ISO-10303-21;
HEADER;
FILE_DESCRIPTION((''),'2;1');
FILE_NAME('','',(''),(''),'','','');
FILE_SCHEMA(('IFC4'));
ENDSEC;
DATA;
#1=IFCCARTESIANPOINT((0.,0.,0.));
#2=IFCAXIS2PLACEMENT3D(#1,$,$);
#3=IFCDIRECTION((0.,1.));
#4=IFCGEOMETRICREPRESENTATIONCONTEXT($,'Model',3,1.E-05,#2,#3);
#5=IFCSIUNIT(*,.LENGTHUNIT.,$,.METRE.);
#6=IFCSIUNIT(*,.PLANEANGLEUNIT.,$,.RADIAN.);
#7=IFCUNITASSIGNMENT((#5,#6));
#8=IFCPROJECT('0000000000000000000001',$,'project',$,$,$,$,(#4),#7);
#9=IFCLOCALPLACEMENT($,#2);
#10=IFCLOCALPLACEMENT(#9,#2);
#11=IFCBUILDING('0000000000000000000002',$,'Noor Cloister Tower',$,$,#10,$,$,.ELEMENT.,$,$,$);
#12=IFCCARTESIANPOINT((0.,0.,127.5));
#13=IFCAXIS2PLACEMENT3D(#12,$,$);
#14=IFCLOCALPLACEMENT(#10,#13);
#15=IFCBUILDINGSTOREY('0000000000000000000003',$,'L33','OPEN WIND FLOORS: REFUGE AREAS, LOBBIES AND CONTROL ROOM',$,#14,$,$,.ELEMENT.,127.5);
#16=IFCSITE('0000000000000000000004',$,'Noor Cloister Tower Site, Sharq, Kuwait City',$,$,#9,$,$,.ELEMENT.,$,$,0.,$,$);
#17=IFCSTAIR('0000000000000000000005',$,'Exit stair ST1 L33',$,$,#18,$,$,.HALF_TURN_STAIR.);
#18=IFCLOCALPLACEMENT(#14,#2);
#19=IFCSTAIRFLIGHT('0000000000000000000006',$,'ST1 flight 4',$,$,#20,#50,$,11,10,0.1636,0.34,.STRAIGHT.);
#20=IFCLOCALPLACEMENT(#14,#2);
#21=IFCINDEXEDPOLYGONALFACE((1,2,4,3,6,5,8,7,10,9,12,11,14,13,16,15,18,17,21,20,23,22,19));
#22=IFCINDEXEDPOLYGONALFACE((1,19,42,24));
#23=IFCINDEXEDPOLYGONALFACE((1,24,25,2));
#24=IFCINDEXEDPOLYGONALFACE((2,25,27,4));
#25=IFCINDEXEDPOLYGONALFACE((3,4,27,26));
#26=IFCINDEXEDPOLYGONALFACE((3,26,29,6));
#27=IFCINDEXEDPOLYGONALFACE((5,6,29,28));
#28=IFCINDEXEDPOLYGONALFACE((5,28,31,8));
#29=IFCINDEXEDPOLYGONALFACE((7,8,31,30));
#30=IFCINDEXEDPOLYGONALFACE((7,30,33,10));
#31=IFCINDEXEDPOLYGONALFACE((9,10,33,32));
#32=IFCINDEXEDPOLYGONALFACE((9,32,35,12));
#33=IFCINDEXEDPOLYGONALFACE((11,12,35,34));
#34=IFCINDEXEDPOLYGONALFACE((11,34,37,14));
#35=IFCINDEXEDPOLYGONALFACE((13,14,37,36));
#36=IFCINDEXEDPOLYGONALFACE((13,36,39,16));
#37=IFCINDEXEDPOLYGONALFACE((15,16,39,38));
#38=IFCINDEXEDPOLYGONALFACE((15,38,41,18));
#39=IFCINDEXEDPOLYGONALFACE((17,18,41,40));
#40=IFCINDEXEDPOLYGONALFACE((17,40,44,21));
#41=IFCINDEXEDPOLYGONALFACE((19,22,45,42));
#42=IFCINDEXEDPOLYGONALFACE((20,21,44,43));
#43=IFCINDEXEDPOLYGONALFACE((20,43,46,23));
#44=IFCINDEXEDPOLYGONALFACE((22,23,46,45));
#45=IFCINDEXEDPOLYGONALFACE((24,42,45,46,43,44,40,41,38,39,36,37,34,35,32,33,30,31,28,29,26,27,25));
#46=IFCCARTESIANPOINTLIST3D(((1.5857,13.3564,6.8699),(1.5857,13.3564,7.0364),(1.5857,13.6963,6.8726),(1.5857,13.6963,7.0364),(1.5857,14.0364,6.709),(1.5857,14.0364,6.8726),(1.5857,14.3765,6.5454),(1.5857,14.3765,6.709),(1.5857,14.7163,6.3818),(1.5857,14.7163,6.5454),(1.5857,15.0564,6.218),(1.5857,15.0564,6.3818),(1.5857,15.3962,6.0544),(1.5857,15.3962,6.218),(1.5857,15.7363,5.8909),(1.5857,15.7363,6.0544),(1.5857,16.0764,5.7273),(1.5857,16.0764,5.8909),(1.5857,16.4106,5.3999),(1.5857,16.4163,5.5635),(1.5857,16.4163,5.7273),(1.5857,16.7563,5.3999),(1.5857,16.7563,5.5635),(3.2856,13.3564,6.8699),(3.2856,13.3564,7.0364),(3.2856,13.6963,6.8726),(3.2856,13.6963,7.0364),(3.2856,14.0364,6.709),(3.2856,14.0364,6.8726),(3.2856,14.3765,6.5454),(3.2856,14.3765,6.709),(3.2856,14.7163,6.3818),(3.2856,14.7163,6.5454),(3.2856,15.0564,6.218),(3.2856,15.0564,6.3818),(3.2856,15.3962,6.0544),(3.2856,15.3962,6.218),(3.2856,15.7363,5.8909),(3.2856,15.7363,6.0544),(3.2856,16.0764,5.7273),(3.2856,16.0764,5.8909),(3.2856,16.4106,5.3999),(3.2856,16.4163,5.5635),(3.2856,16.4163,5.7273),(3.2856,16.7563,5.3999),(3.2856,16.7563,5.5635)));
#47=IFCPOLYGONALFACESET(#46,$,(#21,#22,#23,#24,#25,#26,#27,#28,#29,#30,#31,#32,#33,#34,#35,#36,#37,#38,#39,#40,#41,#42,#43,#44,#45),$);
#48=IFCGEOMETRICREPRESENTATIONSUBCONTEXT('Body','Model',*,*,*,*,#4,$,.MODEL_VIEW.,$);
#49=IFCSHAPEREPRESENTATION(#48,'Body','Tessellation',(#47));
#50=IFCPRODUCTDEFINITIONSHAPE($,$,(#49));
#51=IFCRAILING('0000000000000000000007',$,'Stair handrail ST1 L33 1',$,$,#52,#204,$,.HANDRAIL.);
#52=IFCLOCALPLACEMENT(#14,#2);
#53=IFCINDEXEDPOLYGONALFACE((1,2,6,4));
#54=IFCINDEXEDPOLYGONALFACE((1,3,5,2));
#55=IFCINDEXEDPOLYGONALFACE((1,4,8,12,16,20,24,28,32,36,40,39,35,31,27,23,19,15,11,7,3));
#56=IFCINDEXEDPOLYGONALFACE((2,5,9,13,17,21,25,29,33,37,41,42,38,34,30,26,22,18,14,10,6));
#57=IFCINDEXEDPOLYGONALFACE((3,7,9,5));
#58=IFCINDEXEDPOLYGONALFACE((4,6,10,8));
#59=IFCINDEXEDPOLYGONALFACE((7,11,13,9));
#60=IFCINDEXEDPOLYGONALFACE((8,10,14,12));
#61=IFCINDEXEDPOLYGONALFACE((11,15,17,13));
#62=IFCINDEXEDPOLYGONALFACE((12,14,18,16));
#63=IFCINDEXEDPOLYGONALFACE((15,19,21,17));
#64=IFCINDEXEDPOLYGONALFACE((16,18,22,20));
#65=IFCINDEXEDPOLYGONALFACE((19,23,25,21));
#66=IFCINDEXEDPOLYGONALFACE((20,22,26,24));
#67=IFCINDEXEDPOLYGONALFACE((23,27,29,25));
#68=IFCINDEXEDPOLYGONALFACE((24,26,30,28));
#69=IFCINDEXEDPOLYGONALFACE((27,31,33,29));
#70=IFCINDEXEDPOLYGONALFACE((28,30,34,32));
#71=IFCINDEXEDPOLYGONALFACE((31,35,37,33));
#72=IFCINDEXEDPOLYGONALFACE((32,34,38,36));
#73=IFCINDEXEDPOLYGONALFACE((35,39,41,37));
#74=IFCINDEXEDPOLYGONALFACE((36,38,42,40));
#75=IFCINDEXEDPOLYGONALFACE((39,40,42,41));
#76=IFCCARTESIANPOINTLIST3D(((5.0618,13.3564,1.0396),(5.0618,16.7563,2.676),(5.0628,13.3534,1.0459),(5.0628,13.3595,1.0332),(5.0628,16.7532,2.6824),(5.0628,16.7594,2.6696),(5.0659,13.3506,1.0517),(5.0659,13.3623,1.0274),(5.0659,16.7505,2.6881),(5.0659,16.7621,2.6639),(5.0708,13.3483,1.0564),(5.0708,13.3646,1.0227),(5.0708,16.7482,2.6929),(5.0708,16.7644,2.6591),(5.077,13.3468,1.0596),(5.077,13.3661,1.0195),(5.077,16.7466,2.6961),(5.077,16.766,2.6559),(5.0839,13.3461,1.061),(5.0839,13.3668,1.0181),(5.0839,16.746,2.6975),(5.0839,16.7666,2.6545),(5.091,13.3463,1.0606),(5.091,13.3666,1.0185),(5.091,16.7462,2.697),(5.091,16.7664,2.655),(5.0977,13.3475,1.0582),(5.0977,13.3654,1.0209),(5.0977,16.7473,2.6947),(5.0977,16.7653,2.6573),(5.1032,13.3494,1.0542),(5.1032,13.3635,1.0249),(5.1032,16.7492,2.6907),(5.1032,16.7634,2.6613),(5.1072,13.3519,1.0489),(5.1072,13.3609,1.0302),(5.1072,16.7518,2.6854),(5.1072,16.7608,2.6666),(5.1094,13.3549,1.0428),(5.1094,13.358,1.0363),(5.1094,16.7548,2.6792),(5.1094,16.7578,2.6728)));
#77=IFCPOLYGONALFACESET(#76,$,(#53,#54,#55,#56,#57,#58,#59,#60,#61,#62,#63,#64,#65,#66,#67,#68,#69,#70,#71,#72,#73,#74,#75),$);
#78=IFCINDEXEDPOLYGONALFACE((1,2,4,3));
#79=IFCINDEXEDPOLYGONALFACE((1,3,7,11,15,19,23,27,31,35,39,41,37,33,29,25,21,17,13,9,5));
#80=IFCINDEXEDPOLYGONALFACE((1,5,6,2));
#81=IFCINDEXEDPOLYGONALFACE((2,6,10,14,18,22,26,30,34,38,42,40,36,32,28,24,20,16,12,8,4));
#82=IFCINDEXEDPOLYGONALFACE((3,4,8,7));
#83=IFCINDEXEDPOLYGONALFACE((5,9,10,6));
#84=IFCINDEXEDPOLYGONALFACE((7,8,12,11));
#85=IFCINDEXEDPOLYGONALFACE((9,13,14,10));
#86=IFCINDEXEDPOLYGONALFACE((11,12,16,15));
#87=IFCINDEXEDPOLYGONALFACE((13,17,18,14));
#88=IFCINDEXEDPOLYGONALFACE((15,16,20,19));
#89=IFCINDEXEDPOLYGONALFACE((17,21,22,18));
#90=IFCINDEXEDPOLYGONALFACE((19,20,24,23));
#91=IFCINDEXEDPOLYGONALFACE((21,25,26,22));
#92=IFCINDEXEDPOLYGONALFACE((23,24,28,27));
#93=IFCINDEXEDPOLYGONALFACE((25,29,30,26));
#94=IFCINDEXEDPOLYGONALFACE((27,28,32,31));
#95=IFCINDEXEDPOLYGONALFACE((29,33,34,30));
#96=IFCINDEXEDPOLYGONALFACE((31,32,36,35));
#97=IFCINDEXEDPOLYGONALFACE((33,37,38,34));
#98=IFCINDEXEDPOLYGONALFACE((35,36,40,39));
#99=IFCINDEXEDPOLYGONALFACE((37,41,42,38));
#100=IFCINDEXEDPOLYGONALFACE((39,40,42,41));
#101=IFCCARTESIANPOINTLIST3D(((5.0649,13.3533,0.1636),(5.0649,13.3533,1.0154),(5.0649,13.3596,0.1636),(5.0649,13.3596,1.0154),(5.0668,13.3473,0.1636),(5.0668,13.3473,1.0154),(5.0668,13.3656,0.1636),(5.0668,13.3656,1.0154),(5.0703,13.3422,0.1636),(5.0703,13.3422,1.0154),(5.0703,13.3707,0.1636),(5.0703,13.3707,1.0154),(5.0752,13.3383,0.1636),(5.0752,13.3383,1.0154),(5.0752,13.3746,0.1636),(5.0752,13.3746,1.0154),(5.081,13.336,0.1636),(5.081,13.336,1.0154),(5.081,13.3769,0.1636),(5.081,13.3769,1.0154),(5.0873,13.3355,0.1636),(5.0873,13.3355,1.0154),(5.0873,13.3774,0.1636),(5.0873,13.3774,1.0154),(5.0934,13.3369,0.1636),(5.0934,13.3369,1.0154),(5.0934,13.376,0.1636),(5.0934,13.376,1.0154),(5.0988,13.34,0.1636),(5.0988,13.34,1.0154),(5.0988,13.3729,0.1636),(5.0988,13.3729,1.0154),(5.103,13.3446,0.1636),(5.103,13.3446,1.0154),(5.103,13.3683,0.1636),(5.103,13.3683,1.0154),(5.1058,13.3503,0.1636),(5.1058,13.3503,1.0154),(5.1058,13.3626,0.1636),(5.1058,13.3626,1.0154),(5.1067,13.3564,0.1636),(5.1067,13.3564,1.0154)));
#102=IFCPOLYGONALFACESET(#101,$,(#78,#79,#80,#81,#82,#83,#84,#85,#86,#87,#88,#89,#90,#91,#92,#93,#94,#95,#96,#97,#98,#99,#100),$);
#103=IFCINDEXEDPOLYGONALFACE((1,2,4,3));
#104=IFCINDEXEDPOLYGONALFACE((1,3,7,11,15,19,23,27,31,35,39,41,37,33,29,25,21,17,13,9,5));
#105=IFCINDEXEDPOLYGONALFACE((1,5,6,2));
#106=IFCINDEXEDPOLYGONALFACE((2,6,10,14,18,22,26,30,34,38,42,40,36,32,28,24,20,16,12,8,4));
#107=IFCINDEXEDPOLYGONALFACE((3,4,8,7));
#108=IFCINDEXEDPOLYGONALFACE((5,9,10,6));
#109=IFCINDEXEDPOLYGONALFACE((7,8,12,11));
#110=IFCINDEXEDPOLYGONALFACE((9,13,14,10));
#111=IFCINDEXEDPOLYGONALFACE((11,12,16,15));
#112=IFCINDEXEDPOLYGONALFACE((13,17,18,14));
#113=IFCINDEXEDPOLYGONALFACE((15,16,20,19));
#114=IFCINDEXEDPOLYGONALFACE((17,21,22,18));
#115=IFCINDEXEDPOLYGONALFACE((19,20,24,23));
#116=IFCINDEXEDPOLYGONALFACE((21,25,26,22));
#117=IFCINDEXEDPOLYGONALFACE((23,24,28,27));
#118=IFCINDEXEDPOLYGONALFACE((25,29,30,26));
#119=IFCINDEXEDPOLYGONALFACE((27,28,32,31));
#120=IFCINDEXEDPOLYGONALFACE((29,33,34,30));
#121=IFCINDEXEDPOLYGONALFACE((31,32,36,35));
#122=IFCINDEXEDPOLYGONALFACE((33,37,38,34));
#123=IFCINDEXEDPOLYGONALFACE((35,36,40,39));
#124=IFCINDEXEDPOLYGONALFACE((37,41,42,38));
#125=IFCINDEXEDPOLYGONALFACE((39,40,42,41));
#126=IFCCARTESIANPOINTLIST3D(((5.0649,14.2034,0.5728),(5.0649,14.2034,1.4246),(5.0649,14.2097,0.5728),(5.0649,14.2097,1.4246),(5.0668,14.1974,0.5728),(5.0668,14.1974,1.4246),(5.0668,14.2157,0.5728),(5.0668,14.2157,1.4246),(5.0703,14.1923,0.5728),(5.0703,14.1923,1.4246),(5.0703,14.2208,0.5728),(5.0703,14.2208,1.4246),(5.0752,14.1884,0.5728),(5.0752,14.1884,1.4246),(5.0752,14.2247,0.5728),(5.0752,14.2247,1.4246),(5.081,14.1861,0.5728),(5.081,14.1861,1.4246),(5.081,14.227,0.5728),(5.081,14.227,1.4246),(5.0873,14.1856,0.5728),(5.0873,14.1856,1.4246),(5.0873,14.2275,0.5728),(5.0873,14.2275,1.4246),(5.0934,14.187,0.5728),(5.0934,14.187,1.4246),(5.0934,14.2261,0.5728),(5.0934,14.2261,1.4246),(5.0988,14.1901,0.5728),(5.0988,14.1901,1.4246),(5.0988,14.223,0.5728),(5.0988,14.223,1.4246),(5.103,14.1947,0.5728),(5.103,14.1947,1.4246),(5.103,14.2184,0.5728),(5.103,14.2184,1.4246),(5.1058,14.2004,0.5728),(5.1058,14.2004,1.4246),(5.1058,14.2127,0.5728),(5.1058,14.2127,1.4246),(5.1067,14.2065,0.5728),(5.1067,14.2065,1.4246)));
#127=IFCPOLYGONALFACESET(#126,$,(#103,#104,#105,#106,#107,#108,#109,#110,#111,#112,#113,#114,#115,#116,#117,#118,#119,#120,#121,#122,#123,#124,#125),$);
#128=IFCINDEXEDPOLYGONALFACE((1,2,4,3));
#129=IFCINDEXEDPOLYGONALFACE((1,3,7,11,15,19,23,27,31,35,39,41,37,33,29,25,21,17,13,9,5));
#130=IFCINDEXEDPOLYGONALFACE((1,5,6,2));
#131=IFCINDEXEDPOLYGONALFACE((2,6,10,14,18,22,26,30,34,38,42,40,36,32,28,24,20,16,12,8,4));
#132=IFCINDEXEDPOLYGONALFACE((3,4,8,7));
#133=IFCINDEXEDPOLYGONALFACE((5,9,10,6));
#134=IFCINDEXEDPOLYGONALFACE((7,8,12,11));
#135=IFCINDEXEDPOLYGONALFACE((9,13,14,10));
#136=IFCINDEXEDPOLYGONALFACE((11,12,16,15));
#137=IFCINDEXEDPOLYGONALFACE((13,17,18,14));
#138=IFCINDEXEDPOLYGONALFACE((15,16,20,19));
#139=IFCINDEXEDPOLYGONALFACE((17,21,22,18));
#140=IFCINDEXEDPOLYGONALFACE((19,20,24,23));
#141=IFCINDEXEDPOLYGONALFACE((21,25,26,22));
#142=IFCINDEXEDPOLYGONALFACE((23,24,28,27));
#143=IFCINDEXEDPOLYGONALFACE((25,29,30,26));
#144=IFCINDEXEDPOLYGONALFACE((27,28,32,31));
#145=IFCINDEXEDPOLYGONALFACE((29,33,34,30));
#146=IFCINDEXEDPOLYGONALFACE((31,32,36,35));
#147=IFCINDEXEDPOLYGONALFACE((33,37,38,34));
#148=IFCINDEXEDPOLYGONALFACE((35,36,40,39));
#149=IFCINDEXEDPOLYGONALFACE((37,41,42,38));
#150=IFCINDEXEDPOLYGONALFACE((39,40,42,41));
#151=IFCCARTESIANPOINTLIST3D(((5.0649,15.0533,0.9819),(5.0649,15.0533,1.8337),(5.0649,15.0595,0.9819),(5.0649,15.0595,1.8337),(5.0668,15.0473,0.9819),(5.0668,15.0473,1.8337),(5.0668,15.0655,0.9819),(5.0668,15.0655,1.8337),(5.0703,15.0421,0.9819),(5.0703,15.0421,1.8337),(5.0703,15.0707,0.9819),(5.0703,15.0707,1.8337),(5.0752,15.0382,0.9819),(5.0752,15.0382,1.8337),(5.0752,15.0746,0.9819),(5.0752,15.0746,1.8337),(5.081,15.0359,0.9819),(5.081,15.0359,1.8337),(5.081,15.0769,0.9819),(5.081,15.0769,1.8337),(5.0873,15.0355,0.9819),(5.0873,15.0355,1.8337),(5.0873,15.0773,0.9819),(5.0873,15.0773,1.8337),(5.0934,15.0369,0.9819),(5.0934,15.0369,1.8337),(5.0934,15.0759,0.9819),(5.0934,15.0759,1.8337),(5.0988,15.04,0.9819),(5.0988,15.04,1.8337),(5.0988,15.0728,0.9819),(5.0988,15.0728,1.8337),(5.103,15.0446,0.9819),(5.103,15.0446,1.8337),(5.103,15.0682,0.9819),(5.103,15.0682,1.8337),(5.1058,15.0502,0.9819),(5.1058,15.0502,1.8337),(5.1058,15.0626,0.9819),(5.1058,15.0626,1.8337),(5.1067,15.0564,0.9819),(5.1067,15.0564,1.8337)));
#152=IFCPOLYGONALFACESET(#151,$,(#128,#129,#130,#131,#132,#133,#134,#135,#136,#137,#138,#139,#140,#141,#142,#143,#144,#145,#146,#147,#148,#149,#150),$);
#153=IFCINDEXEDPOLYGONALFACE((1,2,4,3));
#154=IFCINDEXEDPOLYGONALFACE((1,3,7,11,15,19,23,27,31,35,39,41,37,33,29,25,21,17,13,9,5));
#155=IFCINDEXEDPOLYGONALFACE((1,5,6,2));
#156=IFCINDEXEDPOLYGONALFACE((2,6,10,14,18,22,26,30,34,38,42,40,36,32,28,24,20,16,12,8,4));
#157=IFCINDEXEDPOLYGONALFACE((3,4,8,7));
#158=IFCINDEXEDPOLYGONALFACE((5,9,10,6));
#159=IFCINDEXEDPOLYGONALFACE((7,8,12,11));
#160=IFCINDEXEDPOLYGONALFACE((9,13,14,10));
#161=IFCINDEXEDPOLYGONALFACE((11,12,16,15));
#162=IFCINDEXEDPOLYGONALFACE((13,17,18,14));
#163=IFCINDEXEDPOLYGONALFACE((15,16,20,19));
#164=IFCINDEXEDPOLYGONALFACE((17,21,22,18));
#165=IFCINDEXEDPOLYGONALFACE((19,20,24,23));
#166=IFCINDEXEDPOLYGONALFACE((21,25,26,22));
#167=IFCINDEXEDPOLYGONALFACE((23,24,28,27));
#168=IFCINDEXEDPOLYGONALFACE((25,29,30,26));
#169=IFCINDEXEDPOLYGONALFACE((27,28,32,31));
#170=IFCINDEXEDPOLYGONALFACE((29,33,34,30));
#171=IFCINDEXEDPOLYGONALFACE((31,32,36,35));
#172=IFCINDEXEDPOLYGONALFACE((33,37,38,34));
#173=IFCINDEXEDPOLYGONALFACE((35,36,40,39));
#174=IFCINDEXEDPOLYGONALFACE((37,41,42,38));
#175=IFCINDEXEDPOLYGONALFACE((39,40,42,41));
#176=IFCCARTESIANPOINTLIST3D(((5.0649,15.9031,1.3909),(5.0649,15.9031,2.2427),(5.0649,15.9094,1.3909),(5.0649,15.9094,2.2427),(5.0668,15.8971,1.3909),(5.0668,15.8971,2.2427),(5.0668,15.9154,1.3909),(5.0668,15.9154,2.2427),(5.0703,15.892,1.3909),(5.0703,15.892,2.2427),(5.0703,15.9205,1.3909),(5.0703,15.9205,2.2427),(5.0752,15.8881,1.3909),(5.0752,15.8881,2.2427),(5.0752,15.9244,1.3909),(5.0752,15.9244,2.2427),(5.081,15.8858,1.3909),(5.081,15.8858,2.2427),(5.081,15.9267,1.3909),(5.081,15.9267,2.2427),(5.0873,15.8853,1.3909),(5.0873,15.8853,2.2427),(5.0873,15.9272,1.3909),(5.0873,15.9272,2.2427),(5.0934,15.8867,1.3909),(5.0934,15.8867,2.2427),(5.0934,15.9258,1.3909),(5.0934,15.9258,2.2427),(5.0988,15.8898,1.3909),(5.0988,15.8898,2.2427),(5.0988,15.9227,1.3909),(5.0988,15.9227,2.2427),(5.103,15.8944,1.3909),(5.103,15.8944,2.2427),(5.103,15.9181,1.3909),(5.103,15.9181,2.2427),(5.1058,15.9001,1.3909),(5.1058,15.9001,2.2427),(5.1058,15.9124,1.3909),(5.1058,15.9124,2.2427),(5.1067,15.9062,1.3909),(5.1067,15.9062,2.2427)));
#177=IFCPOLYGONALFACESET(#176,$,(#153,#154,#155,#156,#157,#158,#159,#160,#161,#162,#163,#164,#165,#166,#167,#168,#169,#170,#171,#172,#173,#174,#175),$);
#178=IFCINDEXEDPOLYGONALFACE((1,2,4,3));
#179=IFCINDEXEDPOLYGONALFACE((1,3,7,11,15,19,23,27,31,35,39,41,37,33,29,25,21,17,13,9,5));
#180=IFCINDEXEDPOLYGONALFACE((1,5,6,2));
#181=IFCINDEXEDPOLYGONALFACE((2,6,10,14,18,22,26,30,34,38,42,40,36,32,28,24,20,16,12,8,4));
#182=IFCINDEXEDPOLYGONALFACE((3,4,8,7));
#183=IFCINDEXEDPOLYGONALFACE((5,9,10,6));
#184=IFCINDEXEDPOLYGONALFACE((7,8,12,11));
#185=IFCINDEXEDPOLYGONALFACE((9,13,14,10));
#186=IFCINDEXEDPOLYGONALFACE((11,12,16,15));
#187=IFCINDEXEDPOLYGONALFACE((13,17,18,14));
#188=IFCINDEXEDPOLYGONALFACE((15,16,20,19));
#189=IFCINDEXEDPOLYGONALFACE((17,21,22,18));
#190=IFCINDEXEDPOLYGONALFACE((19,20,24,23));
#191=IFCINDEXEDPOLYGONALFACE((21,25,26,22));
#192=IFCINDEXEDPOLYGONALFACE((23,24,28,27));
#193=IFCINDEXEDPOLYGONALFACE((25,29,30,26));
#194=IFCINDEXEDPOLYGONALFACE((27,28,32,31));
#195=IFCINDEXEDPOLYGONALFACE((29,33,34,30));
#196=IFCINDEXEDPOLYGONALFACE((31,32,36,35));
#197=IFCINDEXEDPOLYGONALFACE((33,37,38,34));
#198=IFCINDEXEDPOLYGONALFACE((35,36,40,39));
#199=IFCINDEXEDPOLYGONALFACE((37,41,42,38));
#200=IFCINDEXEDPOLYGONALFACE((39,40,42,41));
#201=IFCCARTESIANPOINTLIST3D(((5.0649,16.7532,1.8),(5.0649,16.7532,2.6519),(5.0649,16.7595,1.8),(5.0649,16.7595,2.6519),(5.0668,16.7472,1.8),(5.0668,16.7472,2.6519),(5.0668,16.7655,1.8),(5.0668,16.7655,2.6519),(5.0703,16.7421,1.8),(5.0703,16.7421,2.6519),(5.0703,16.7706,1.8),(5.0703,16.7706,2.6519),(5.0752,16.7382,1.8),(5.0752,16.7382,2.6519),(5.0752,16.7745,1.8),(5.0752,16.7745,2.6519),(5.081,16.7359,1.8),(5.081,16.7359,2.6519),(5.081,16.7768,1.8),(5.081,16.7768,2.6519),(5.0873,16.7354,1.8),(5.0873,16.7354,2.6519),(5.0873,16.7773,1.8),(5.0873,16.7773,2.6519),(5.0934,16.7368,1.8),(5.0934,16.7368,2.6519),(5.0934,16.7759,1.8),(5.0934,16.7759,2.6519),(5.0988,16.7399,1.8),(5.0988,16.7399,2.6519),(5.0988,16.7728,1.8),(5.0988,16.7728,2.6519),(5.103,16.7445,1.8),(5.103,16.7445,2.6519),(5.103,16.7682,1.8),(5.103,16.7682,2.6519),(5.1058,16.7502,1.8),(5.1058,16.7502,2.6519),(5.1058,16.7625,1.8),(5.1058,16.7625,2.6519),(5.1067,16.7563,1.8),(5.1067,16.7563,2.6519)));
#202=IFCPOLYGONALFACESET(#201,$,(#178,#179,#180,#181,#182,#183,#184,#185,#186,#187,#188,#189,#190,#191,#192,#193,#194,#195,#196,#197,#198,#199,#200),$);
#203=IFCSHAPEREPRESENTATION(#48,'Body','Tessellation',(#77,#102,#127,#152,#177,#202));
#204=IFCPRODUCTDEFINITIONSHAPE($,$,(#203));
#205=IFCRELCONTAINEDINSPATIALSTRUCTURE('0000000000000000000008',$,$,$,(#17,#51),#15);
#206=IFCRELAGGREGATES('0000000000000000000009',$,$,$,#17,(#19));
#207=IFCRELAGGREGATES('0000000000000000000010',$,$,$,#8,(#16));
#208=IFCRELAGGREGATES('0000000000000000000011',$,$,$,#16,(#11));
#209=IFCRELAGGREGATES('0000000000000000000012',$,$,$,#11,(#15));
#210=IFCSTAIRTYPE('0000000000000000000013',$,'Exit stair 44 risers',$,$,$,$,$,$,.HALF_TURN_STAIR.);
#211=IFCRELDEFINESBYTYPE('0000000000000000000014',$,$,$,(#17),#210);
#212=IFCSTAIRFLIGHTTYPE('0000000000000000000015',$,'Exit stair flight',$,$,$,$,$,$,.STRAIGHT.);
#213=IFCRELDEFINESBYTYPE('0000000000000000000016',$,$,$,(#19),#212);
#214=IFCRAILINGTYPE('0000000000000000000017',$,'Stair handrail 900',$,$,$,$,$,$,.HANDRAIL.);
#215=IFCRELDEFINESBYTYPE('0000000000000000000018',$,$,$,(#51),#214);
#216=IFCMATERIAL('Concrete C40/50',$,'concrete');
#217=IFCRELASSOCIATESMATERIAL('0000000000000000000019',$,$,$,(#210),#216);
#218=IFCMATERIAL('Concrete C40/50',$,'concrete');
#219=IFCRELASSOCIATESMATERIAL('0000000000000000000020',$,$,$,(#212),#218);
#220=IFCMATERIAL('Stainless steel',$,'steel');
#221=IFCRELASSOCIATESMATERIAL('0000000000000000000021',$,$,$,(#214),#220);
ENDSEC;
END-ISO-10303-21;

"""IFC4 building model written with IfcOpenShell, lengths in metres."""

from ifc_helpers import new_model, si_unit, direction, frame, origin, origin_2d, place, context, subcontext, project, spatial, polyline, circle, outline, extrude, material, type_object, element, aggregate, save


model = new_model("IFC4")

# Units and contexts
model_context = context("Model", 3, precision=1e-05, world=origin(), true_north=direction((0.0, 1.0)))
body_context = subcontext(model_context, "Body", "Model", "MODEL_VIEW")
ifc_project = project(units=[si_unit("LENGTHUNIT", "METRE"), si_unit("PLANEANGLEUNIT", "RADIAN")], contexts=[model_context])

# Site, building, storey
site_placement = place(None, origin())
site = spatial("IfcSite", under=ifc_project, at=site_placement, Name="Noor Cloister Tower Site, Sharq, Kuwait City", CompositionType="ELEMENT", RefElevation=0.0)
building_placement = place(site_placement, origin())
building = spatial("IfcBuilding", under=site, at=building_placement, Name="Noor Cloister Tower", CompositionType="ELEMENT")
storey_placement = place(building_placement, frame((0.0, 0.0, 127.5)))
storey = spatial("IfcBuildingStorey", under=building, at=storey_placement, Name="L33", Description="OPEN WIND FLOORS: REFUGE AREAS, LOBBIES AND CONTROL ROOM", CompositionType="ELEMENT", Elevation=127.5)

# Stair, stair flight
ifc_material_1 = material(Name="Concrete C40/50", Category="concrete")
stair_type = type_object("IfcStairType", Name="Exit stair 44 risers", PredefinedType="HALF_TURN_STAIR", material=ifc_material_1)
stair_placement = place(storey_placement, origin())
stair = element("IfcStair", 1, at=stair_placement, inside=storey, type_object=stair_type, Name="Exit stair ST1 L33", PredefinedType="HALF_TURN_STAIR")
ifc_material_2 = material(Name="Concrete C40/50", Category="concrete")
stair_flight_type = type_object("IfcStairFlightType", Name="Exit stair flight", PredefinedType="STRAIGHT", material=ifc_material_2)
stair_flight_1_placement = place(storey_placement, frame((2.4355, 16.7563, 5.3999), z_axis=(0.0, 0.0, 1.0), x_axis=(0.0, -1.0, 0.0)))
stair_flight_1 = element("IfcStairFlight", 2, at=stair_flight_1_placement, type_object=stair_flight_type, Name="ST1 flight 4", NumberOfRisers=11, NumberOfTreads=10, PredefinedType="STRAIGHT", RiserHeight=0.1636, TreadLength=0.34, context=body_context, shape_type="SweptSolid", body=[
    extrude(outline(polyline([(0.0, 0.0), (0.0, 0.1636), (0.3401, 0.1636), (0.3401, 0.3274), (0.6799, 0.3274), (0.6799, 0.491), (1.02, 0.491), (1.02, 0.6545), (1.3601, 0.6545), (1.3601, 0.8181), (1.7, 0.8181), (1.7, 0.9819), (2.04, 0.9819), (2.04, 1.1455), (2.3799, 1.1455), (2.3799, 1.3091), (2.72, 1.3091), (2.72, 1.4727), (3.0601, 1.4727), (3.0601, 1.6365), (3.3999, 1.6365), (3.3999, 1.8), (3.3999, 1.47), (0.3457, 0.0), (0.0, 0.0)])), frame((0.0, 0.8501, 0.0), z_axis=(0.0, -1.0, 0.0), x_axis=(1.0, 0.0, 0.0)), (0.0, 0.0, 1.0), 1.7),
])
aggregate(stair, [stair_flight_1])

# Railing
ifc_material_3 = material(Name="Stainless steel", Category="steel")
railing_type_1 = type_object("IfcRailingType", Name="Stair handrail 900", PredefinedType="HANDRAIL", material=ifc_material_3)
railing_1_placement = place(storey_placement, frame((5.0857, 13.3564, 0.1636)))
element("IfcRailing", 3, at=railing_1_placement, inside=storey, type_object=railing_type_1, Name="Stair handrail ST1 L33 1", PredefinedType="HANDRAIL", context=body_context, shape_type="SweptSolid", body=[
    extrude(circle(Radius=0.0239, at=origin_2d()), frame((0.0, 0.0, 0.876), z_axis=(0.0, 0.901055, 0.433705), x_axis=(-1.0, 0.0, 0.0)), (0.0, 0.0, 1.0), 3.7732),
    extrude(circle(Radius=0.021, at=origin_2d()), origin(), (0.0, 0.0, 1.0), 0.8518),
    extrude(circle(Radius=0.021, at=origin_2d()), frame((0.0, 0.8501, 0.4092)), (0.0, 0.0, 1.0), 0.8518),
    extrude(circle(Radius=0.021, at=origin_2d()), frame((0.0, 1.7, 0.8184)), (0.0, 0.0, 1.0), 0.8518),
    extrude(circle(Radius=0.021, at=origin_2d()), frame((0.0, 2.5498, 1.2273)), (0.0, 0.0, 1.0), 0.8518),
    extrude(circle(Radius=0.021, at=origin_2d()), frame((0.0, 3.3999, 1.6365)), (0.0, 0.0, 1.0), 0.8518),
])

save(model, "model.ifc")
